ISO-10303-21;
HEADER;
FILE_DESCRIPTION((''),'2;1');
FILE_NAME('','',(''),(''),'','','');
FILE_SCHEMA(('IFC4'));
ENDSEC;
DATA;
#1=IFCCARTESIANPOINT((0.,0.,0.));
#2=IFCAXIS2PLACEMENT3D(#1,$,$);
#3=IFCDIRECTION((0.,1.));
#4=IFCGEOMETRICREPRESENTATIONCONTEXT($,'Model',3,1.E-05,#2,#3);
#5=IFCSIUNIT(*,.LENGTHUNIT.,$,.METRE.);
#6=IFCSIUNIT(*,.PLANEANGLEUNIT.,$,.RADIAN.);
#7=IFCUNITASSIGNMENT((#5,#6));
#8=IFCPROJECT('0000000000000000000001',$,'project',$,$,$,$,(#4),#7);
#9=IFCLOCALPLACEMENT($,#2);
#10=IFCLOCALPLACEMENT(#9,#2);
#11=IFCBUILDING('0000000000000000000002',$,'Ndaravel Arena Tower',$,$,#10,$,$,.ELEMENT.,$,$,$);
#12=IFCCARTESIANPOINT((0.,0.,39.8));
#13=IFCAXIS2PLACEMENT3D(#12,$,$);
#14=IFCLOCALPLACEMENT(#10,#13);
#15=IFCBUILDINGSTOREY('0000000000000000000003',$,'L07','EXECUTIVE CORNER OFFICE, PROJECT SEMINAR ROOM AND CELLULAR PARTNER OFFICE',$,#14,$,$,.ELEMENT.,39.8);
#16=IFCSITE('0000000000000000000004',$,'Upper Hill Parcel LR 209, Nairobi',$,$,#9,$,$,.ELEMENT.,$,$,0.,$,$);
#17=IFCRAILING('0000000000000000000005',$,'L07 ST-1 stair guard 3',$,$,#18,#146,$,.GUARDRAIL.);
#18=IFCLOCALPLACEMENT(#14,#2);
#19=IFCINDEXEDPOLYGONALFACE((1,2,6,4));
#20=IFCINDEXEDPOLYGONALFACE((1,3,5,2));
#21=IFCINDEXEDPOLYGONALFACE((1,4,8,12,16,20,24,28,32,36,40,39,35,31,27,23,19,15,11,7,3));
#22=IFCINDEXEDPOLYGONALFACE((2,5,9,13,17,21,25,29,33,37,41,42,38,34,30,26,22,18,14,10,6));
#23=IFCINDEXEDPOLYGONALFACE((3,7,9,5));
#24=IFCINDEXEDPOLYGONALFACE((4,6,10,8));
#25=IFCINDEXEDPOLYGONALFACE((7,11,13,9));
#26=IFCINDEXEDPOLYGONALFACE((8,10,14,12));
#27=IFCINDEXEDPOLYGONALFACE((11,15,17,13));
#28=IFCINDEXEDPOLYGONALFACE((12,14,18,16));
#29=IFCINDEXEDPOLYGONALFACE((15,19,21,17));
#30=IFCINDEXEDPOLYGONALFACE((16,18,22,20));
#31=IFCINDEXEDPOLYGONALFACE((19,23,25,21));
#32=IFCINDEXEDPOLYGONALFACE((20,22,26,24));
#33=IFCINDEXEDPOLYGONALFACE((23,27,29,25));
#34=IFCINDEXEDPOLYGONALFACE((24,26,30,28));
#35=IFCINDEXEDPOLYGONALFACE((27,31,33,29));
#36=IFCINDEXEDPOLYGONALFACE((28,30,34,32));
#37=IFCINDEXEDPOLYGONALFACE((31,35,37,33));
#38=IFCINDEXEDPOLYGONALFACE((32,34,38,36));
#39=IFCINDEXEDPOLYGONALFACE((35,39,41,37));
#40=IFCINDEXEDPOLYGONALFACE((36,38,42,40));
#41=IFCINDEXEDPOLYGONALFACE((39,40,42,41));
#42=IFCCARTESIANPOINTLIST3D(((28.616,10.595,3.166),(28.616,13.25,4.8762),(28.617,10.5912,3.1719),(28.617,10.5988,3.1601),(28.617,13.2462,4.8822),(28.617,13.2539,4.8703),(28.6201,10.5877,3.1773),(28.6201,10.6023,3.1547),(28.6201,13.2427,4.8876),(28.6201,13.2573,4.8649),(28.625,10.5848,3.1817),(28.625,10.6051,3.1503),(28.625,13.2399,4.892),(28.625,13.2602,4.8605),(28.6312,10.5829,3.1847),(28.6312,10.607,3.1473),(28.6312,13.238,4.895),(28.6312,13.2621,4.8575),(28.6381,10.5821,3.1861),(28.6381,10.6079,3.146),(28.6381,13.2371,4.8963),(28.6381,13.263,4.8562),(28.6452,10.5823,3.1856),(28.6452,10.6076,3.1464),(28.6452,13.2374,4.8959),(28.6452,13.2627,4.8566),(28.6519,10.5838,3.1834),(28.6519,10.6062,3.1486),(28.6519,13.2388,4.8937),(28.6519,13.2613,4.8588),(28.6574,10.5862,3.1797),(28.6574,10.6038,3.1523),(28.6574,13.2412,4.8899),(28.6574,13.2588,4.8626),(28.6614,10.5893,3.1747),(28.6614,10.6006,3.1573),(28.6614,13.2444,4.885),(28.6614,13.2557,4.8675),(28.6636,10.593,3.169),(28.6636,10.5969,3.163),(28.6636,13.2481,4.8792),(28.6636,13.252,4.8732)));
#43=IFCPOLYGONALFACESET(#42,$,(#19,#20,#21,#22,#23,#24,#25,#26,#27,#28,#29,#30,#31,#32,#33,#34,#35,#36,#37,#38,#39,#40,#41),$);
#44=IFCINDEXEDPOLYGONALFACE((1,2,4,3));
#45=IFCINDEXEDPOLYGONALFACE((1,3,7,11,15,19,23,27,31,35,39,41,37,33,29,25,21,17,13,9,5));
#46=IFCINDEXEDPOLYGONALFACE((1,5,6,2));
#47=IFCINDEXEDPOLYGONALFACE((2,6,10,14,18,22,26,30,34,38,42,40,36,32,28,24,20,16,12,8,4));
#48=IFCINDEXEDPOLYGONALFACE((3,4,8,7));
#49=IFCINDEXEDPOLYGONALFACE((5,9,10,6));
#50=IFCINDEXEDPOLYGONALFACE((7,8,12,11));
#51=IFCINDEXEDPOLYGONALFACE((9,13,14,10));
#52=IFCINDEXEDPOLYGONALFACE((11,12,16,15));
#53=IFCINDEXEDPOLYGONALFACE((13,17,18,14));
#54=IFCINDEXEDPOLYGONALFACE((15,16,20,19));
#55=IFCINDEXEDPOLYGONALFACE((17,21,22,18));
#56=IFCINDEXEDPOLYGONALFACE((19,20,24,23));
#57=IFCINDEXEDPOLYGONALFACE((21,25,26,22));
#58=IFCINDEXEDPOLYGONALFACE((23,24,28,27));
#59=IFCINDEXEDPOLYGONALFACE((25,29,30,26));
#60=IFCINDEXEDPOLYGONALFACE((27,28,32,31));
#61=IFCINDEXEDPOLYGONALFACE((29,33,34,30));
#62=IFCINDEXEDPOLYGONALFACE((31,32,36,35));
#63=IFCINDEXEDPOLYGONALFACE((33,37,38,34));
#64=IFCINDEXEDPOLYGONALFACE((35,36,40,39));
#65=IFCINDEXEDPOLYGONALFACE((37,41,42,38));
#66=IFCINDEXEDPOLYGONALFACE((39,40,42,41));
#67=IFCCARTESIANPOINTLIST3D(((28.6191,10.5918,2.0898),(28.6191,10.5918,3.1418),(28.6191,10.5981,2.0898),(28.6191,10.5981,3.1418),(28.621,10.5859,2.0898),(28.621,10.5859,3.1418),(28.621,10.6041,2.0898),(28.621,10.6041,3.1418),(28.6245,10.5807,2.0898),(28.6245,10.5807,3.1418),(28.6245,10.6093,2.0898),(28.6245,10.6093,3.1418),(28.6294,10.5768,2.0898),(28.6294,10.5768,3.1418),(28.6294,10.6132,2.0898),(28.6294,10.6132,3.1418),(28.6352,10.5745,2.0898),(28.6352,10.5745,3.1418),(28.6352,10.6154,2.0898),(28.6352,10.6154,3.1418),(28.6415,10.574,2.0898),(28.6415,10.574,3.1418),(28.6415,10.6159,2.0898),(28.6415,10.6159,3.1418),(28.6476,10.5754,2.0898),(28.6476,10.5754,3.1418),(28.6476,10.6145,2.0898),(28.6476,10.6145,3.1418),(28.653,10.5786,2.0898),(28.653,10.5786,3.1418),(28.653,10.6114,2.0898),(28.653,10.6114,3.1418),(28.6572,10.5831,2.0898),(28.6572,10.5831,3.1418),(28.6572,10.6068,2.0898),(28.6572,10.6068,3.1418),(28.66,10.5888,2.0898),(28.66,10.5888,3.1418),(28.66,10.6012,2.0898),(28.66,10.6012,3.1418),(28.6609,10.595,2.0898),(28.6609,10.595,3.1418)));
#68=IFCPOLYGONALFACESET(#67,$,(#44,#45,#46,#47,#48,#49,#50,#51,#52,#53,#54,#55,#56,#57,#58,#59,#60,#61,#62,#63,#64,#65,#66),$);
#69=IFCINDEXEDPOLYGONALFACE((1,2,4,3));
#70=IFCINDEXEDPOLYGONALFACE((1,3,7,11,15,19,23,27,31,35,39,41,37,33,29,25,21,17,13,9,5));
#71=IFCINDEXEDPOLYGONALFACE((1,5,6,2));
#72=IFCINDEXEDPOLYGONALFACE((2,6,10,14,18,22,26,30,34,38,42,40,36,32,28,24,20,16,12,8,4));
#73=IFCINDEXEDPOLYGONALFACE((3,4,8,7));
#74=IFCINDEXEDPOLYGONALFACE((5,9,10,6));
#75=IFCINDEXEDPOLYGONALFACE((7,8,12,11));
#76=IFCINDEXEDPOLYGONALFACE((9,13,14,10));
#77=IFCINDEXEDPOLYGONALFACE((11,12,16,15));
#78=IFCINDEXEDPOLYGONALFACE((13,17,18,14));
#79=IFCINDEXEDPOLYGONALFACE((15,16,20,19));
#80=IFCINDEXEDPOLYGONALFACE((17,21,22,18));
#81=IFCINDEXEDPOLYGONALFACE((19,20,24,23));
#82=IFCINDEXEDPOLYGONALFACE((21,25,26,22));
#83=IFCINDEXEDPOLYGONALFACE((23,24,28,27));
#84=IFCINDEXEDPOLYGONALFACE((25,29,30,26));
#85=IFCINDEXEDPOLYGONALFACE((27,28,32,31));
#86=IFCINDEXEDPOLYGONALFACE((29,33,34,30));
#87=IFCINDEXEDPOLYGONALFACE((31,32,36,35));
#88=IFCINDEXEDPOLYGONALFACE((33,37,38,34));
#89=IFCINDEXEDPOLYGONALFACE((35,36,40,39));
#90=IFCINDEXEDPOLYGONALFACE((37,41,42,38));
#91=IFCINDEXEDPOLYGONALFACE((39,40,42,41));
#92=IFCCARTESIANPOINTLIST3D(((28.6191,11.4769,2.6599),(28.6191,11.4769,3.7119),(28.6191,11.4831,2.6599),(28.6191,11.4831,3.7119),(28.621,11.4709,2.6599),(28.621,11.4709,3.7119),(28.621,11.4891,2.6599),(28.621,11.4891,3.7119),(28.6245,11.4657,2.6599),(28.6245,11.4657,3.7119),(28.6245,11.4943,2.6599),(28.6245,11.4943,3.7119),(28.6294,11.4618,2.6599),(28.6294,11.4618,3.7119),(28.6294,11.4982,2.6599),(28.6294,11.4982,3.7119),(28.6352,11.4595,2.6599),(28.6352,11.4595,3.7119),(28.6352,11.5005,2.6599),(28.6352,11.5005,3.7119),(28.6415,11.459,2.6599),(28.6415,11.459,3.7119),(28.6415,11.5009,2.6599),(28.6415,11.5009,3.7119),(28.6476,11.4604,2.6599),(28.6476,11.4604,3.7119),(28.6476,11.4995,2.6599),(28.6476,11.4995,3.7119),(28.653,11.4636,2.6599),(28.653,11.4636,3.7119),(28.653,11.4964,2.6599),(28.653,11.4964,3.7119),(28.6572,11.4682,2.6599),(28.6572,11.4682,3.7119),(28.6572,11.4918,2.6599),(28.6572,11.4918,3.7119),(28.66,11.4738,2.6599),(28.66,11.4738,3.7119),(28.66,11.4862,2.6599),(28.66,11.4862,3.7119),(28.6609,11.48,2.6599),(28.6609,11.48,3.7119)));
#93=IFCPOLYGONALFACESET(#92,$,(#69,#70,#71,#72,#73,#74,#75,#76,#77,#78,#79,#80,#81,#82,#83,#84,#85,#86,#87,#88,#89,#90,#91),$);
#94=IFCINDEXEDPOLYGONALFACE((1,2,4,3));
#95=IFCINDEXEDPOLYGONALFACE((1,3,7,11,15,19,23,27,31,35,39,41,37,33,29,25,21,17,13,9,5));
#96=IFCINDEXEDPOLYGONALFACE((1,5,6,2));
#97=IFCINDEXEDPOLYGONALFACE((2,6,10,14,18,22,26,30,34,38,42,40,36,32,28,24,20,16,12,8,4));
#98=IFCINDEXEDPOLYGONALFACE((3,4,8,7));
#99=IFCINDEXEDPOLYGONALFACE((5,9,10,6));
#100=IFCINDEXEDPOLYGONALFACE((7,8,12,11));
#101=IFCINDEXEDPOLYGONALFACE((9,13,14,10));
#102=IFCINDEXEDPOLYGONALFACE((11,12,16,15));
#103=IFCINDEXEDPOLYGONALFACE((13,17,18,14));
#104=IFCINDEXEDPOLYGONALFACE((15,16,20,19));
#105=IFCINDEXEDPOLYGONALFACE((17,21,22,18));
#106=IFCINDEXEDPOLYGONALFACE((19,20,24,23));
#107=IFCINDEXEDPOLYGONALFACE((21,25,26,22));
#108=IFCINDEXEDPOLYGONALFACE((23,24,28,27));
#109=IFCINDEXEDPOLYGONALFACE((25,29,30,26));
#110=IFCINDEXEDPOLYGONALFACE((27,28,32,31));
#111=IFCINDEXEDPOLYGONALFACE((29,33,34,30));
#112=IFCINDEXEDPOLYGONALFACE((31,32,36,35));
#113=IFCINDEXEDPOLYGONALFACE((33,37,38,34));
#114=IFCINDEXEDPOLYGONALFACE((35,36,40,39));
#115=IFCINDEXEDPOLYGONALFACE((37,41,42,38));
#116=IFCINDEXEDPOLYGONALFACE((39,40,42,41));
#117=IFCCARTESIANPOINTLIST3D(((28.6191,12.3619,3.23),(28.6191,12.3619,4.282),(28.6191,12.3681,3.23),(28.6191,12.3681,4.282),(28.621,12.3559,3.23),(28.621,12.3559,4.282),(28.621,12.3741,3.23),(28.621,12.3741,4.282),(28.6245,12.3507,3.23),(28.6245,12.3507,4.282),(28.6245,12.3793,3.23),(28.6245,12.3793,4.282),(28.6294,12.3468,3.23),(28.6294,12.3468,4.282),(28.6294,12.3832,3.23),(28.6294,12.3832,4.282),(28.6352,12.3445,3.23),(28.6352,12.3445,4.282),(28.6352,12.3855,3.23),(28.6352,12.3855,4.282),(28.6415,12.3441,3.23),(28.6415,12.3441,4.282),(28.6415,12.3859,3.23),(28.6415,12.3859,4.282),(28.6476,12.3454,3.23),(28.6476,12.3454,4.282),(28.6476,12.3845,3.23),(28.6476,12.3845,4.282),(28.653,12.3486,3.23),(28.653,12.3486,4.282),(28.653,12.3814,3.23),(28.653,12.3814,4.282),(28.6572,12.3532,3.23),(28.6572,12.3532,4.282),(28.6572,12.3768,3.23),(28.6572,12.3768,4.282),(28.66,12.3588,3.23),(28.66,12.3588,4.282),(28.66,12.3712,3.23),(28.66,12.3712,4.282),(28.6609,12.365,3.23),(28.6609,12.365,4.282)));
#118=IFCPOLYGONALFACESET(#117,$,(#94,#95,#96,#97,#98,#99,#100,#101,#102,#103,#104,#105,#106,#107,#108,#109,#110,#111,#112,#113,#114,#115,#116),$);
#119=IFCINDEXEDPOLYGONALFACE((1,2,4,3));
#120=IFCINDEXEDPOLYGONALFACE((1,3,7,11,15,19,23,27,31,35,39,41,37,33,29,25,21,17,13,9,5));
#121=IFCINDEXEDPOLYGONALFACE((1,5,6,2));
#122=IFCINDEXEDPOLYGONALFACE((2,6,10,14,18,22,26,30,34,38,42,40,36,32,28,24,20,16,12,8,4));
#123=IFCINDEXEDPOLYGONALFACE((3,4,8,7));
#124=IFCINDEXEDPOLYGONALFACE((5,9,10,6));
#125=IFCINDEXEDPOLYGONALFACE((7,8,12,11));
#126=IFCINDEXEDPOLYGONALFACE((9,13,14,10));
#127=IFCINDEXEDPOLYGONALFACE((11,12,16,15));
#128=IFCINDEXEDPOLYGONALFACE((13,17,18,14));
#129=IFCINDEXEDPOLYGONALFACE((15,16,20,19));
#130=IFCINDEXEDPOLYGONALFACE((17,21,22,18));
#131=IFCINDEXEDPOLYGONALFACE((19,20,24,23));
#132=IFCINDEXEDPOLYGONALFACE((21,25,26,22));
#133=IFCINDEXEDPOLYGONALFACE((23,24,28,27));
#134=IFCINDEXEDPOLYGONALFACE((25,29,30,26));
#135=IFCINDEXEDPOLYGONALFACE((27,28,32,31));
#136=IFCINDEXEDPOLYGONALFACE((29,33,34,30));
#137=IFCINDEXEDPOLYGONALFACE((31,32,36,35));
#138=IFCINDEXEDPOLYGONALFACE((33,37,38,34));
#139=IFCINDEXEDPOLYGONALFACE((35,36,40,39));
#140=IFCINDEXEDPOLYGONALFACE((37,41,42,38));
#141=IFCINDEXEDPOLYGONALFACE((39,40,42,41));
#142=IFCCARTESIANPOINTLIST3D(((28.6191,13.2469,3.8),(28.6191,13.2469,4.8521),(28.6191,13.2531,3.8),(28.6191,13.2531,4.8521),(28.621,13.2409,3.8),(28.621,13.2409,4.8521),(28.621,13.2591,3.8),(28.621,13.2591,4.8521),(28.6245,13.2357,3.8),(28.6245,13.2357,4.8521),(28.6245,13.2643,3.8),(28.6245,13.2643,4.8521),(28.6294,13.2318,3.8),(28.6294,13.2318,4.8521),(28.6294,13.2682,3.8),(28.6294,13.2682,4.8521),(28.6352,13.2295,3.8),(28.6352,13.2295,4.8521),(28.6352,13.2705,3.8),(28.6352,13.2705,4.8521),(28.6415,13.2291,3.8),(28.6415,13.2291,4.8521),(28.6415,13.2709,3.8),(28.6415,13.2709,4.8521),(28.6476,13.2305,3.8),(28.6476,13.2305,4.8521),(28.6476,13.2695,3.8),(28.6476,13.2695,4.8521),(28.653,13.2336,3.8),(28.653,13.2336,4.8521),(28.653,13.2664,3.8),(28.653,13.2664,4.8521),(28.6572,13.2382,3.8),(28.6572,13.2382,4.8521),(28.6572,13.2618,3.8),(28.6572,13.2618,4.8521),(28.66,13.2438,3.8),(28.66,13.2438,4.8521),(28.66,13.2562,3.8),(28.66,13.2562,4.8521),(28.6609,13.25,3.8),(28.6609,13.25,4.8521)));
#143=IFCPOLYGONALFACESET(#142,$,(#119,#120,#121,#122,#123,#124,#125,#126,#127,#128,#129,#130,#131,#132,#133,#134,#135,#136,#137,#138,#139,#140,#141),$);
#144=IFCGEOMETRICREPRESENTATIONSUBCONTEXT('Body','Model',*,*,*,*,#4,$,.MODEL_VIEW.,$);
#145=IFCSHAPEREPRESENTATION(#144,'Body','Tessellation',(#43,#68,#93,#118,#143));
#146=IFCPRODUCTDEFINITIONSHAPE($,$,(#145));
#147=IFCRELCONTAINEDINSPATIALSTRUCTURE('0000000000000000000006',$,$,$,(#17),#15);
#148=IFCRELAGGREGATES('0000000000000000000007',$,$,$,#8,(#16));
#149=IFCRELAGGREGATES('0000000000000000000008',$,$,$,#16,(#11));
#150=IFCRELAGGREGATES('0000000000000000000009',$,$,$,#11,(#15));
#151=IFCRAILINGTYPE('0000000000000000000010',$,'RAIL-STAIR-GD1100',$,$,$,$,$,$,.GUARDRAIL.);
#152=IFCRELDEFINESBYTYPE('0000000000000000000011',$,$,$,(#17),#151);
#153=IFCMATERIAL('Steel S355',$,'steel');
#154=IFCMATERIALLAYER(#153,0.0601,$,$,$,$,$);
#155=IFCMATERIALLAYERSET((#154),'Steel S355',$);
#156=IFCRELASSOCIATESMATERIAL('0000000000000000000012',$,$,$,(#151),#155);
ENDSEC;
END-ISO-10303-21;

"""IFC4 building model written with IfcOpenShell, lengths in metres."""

from ifc_helpers import new_model, si_unit, direction, frame, origin, origin_2d, place, context, subcontext, project, spatial, circle, extrude, material, layer, layer_set, type_object, element, save


model = new_model("IFC4")

# Units and contexts
model_context = context("Model", 3, precision=1e-05, world=origin(), true_north=direction((0.0, 1.0)))
body_context = subcontext(model_context, "Body", "Model", "MODEL_VIEW")
ifc_project = project(units=[si_unit("LENGTHUNIT", "METRE"), si_unit("PLANEANGLEUNIT", "RADIAN")], contexts=[model_context])

# Site, building, storey
site_placement = place(None, origin())
site = spatial("IfcSite", under=ifc_project, at=site_placement, Name="Upper Hill Parcel LR 209, Nairobi", CompositionType="ELEMENT", RefElevation=0.0)
building_placement = place(site_placement, origin())
building = spatial("IfcBuilding", under=site, at=building_placement, Name="Ndaravel Arena Tower", CompositionType="ELEMENT")
storey_placement = place(building_placement, frame((0.0, 0.0, 39.8)))
storey = spatial("IfcBuildingStorey", under=building, at=storey_placement, Name="L07", Description="EXECUTIVE CORNER OFFICE, PROJECT SEMINAR ROOM AND CELLULAR PARTNER OFFICE", CompositionType="ELEMENT", Elevation=39.8)

# Railing
ifc_material_1 = material(Name="Steel S355", Category="steel")
ifc_layer_1 = layer(ifc_material_1, 0.0601)
ifc_layer_set_1 = layer_set([ifc_layer_1], Name="Steel S355")
railing_type_1 = type_object("IfcRailingType", Name="RAIL-STAIR-GD1100", PredefinedType="GUARDRAIL", material=ifc_layer_set_1)
railing_1_placement = place(storey_placement, frame((28.6399, 10.595, 2.0898)))
element("IfcRailing", 1, at=railing_1_placement, inside=storey, type_object=railing_type_1, Name="L07 ST-1 stair guard 3", PredefinedType="GUARDRAIL", context=body_context, shape_type="SweptSolid", body=[
    extrude(circle(Radius=0.0239, at=origin_2d()), frame((0.0, 0.0, 1.0762), z_axis=(0.0, 0.840688, 0.541519), x_axis=(-1.0, 0.0, 0.0)), (0.0, 0.0, 1.0), 3.1582),
    extrude(circle(Radius=0.021, at=origin_2d()), origin(), (0.0, 0.0, 1.0), 1.052),
    extrude(circle(Radius=0.021, at=origin_2d()), frame((0.0, 0.885, 0.5701)), (0.0, 0.0, 1.0), 1.052),
    extrude(circle(Radius=0.021, at=origin_2d()), frame((0.0, 1.77, 1.1401)), (0.0, 0.0, 1.0), 1.052),
    extrude(circle(Radius=0.021, at=origin_2d()), frame((0.0, 2.655, 1.7102)), (0.0, 0.0, 1.0), 1.052),
])

save(model, "model.ifc")
